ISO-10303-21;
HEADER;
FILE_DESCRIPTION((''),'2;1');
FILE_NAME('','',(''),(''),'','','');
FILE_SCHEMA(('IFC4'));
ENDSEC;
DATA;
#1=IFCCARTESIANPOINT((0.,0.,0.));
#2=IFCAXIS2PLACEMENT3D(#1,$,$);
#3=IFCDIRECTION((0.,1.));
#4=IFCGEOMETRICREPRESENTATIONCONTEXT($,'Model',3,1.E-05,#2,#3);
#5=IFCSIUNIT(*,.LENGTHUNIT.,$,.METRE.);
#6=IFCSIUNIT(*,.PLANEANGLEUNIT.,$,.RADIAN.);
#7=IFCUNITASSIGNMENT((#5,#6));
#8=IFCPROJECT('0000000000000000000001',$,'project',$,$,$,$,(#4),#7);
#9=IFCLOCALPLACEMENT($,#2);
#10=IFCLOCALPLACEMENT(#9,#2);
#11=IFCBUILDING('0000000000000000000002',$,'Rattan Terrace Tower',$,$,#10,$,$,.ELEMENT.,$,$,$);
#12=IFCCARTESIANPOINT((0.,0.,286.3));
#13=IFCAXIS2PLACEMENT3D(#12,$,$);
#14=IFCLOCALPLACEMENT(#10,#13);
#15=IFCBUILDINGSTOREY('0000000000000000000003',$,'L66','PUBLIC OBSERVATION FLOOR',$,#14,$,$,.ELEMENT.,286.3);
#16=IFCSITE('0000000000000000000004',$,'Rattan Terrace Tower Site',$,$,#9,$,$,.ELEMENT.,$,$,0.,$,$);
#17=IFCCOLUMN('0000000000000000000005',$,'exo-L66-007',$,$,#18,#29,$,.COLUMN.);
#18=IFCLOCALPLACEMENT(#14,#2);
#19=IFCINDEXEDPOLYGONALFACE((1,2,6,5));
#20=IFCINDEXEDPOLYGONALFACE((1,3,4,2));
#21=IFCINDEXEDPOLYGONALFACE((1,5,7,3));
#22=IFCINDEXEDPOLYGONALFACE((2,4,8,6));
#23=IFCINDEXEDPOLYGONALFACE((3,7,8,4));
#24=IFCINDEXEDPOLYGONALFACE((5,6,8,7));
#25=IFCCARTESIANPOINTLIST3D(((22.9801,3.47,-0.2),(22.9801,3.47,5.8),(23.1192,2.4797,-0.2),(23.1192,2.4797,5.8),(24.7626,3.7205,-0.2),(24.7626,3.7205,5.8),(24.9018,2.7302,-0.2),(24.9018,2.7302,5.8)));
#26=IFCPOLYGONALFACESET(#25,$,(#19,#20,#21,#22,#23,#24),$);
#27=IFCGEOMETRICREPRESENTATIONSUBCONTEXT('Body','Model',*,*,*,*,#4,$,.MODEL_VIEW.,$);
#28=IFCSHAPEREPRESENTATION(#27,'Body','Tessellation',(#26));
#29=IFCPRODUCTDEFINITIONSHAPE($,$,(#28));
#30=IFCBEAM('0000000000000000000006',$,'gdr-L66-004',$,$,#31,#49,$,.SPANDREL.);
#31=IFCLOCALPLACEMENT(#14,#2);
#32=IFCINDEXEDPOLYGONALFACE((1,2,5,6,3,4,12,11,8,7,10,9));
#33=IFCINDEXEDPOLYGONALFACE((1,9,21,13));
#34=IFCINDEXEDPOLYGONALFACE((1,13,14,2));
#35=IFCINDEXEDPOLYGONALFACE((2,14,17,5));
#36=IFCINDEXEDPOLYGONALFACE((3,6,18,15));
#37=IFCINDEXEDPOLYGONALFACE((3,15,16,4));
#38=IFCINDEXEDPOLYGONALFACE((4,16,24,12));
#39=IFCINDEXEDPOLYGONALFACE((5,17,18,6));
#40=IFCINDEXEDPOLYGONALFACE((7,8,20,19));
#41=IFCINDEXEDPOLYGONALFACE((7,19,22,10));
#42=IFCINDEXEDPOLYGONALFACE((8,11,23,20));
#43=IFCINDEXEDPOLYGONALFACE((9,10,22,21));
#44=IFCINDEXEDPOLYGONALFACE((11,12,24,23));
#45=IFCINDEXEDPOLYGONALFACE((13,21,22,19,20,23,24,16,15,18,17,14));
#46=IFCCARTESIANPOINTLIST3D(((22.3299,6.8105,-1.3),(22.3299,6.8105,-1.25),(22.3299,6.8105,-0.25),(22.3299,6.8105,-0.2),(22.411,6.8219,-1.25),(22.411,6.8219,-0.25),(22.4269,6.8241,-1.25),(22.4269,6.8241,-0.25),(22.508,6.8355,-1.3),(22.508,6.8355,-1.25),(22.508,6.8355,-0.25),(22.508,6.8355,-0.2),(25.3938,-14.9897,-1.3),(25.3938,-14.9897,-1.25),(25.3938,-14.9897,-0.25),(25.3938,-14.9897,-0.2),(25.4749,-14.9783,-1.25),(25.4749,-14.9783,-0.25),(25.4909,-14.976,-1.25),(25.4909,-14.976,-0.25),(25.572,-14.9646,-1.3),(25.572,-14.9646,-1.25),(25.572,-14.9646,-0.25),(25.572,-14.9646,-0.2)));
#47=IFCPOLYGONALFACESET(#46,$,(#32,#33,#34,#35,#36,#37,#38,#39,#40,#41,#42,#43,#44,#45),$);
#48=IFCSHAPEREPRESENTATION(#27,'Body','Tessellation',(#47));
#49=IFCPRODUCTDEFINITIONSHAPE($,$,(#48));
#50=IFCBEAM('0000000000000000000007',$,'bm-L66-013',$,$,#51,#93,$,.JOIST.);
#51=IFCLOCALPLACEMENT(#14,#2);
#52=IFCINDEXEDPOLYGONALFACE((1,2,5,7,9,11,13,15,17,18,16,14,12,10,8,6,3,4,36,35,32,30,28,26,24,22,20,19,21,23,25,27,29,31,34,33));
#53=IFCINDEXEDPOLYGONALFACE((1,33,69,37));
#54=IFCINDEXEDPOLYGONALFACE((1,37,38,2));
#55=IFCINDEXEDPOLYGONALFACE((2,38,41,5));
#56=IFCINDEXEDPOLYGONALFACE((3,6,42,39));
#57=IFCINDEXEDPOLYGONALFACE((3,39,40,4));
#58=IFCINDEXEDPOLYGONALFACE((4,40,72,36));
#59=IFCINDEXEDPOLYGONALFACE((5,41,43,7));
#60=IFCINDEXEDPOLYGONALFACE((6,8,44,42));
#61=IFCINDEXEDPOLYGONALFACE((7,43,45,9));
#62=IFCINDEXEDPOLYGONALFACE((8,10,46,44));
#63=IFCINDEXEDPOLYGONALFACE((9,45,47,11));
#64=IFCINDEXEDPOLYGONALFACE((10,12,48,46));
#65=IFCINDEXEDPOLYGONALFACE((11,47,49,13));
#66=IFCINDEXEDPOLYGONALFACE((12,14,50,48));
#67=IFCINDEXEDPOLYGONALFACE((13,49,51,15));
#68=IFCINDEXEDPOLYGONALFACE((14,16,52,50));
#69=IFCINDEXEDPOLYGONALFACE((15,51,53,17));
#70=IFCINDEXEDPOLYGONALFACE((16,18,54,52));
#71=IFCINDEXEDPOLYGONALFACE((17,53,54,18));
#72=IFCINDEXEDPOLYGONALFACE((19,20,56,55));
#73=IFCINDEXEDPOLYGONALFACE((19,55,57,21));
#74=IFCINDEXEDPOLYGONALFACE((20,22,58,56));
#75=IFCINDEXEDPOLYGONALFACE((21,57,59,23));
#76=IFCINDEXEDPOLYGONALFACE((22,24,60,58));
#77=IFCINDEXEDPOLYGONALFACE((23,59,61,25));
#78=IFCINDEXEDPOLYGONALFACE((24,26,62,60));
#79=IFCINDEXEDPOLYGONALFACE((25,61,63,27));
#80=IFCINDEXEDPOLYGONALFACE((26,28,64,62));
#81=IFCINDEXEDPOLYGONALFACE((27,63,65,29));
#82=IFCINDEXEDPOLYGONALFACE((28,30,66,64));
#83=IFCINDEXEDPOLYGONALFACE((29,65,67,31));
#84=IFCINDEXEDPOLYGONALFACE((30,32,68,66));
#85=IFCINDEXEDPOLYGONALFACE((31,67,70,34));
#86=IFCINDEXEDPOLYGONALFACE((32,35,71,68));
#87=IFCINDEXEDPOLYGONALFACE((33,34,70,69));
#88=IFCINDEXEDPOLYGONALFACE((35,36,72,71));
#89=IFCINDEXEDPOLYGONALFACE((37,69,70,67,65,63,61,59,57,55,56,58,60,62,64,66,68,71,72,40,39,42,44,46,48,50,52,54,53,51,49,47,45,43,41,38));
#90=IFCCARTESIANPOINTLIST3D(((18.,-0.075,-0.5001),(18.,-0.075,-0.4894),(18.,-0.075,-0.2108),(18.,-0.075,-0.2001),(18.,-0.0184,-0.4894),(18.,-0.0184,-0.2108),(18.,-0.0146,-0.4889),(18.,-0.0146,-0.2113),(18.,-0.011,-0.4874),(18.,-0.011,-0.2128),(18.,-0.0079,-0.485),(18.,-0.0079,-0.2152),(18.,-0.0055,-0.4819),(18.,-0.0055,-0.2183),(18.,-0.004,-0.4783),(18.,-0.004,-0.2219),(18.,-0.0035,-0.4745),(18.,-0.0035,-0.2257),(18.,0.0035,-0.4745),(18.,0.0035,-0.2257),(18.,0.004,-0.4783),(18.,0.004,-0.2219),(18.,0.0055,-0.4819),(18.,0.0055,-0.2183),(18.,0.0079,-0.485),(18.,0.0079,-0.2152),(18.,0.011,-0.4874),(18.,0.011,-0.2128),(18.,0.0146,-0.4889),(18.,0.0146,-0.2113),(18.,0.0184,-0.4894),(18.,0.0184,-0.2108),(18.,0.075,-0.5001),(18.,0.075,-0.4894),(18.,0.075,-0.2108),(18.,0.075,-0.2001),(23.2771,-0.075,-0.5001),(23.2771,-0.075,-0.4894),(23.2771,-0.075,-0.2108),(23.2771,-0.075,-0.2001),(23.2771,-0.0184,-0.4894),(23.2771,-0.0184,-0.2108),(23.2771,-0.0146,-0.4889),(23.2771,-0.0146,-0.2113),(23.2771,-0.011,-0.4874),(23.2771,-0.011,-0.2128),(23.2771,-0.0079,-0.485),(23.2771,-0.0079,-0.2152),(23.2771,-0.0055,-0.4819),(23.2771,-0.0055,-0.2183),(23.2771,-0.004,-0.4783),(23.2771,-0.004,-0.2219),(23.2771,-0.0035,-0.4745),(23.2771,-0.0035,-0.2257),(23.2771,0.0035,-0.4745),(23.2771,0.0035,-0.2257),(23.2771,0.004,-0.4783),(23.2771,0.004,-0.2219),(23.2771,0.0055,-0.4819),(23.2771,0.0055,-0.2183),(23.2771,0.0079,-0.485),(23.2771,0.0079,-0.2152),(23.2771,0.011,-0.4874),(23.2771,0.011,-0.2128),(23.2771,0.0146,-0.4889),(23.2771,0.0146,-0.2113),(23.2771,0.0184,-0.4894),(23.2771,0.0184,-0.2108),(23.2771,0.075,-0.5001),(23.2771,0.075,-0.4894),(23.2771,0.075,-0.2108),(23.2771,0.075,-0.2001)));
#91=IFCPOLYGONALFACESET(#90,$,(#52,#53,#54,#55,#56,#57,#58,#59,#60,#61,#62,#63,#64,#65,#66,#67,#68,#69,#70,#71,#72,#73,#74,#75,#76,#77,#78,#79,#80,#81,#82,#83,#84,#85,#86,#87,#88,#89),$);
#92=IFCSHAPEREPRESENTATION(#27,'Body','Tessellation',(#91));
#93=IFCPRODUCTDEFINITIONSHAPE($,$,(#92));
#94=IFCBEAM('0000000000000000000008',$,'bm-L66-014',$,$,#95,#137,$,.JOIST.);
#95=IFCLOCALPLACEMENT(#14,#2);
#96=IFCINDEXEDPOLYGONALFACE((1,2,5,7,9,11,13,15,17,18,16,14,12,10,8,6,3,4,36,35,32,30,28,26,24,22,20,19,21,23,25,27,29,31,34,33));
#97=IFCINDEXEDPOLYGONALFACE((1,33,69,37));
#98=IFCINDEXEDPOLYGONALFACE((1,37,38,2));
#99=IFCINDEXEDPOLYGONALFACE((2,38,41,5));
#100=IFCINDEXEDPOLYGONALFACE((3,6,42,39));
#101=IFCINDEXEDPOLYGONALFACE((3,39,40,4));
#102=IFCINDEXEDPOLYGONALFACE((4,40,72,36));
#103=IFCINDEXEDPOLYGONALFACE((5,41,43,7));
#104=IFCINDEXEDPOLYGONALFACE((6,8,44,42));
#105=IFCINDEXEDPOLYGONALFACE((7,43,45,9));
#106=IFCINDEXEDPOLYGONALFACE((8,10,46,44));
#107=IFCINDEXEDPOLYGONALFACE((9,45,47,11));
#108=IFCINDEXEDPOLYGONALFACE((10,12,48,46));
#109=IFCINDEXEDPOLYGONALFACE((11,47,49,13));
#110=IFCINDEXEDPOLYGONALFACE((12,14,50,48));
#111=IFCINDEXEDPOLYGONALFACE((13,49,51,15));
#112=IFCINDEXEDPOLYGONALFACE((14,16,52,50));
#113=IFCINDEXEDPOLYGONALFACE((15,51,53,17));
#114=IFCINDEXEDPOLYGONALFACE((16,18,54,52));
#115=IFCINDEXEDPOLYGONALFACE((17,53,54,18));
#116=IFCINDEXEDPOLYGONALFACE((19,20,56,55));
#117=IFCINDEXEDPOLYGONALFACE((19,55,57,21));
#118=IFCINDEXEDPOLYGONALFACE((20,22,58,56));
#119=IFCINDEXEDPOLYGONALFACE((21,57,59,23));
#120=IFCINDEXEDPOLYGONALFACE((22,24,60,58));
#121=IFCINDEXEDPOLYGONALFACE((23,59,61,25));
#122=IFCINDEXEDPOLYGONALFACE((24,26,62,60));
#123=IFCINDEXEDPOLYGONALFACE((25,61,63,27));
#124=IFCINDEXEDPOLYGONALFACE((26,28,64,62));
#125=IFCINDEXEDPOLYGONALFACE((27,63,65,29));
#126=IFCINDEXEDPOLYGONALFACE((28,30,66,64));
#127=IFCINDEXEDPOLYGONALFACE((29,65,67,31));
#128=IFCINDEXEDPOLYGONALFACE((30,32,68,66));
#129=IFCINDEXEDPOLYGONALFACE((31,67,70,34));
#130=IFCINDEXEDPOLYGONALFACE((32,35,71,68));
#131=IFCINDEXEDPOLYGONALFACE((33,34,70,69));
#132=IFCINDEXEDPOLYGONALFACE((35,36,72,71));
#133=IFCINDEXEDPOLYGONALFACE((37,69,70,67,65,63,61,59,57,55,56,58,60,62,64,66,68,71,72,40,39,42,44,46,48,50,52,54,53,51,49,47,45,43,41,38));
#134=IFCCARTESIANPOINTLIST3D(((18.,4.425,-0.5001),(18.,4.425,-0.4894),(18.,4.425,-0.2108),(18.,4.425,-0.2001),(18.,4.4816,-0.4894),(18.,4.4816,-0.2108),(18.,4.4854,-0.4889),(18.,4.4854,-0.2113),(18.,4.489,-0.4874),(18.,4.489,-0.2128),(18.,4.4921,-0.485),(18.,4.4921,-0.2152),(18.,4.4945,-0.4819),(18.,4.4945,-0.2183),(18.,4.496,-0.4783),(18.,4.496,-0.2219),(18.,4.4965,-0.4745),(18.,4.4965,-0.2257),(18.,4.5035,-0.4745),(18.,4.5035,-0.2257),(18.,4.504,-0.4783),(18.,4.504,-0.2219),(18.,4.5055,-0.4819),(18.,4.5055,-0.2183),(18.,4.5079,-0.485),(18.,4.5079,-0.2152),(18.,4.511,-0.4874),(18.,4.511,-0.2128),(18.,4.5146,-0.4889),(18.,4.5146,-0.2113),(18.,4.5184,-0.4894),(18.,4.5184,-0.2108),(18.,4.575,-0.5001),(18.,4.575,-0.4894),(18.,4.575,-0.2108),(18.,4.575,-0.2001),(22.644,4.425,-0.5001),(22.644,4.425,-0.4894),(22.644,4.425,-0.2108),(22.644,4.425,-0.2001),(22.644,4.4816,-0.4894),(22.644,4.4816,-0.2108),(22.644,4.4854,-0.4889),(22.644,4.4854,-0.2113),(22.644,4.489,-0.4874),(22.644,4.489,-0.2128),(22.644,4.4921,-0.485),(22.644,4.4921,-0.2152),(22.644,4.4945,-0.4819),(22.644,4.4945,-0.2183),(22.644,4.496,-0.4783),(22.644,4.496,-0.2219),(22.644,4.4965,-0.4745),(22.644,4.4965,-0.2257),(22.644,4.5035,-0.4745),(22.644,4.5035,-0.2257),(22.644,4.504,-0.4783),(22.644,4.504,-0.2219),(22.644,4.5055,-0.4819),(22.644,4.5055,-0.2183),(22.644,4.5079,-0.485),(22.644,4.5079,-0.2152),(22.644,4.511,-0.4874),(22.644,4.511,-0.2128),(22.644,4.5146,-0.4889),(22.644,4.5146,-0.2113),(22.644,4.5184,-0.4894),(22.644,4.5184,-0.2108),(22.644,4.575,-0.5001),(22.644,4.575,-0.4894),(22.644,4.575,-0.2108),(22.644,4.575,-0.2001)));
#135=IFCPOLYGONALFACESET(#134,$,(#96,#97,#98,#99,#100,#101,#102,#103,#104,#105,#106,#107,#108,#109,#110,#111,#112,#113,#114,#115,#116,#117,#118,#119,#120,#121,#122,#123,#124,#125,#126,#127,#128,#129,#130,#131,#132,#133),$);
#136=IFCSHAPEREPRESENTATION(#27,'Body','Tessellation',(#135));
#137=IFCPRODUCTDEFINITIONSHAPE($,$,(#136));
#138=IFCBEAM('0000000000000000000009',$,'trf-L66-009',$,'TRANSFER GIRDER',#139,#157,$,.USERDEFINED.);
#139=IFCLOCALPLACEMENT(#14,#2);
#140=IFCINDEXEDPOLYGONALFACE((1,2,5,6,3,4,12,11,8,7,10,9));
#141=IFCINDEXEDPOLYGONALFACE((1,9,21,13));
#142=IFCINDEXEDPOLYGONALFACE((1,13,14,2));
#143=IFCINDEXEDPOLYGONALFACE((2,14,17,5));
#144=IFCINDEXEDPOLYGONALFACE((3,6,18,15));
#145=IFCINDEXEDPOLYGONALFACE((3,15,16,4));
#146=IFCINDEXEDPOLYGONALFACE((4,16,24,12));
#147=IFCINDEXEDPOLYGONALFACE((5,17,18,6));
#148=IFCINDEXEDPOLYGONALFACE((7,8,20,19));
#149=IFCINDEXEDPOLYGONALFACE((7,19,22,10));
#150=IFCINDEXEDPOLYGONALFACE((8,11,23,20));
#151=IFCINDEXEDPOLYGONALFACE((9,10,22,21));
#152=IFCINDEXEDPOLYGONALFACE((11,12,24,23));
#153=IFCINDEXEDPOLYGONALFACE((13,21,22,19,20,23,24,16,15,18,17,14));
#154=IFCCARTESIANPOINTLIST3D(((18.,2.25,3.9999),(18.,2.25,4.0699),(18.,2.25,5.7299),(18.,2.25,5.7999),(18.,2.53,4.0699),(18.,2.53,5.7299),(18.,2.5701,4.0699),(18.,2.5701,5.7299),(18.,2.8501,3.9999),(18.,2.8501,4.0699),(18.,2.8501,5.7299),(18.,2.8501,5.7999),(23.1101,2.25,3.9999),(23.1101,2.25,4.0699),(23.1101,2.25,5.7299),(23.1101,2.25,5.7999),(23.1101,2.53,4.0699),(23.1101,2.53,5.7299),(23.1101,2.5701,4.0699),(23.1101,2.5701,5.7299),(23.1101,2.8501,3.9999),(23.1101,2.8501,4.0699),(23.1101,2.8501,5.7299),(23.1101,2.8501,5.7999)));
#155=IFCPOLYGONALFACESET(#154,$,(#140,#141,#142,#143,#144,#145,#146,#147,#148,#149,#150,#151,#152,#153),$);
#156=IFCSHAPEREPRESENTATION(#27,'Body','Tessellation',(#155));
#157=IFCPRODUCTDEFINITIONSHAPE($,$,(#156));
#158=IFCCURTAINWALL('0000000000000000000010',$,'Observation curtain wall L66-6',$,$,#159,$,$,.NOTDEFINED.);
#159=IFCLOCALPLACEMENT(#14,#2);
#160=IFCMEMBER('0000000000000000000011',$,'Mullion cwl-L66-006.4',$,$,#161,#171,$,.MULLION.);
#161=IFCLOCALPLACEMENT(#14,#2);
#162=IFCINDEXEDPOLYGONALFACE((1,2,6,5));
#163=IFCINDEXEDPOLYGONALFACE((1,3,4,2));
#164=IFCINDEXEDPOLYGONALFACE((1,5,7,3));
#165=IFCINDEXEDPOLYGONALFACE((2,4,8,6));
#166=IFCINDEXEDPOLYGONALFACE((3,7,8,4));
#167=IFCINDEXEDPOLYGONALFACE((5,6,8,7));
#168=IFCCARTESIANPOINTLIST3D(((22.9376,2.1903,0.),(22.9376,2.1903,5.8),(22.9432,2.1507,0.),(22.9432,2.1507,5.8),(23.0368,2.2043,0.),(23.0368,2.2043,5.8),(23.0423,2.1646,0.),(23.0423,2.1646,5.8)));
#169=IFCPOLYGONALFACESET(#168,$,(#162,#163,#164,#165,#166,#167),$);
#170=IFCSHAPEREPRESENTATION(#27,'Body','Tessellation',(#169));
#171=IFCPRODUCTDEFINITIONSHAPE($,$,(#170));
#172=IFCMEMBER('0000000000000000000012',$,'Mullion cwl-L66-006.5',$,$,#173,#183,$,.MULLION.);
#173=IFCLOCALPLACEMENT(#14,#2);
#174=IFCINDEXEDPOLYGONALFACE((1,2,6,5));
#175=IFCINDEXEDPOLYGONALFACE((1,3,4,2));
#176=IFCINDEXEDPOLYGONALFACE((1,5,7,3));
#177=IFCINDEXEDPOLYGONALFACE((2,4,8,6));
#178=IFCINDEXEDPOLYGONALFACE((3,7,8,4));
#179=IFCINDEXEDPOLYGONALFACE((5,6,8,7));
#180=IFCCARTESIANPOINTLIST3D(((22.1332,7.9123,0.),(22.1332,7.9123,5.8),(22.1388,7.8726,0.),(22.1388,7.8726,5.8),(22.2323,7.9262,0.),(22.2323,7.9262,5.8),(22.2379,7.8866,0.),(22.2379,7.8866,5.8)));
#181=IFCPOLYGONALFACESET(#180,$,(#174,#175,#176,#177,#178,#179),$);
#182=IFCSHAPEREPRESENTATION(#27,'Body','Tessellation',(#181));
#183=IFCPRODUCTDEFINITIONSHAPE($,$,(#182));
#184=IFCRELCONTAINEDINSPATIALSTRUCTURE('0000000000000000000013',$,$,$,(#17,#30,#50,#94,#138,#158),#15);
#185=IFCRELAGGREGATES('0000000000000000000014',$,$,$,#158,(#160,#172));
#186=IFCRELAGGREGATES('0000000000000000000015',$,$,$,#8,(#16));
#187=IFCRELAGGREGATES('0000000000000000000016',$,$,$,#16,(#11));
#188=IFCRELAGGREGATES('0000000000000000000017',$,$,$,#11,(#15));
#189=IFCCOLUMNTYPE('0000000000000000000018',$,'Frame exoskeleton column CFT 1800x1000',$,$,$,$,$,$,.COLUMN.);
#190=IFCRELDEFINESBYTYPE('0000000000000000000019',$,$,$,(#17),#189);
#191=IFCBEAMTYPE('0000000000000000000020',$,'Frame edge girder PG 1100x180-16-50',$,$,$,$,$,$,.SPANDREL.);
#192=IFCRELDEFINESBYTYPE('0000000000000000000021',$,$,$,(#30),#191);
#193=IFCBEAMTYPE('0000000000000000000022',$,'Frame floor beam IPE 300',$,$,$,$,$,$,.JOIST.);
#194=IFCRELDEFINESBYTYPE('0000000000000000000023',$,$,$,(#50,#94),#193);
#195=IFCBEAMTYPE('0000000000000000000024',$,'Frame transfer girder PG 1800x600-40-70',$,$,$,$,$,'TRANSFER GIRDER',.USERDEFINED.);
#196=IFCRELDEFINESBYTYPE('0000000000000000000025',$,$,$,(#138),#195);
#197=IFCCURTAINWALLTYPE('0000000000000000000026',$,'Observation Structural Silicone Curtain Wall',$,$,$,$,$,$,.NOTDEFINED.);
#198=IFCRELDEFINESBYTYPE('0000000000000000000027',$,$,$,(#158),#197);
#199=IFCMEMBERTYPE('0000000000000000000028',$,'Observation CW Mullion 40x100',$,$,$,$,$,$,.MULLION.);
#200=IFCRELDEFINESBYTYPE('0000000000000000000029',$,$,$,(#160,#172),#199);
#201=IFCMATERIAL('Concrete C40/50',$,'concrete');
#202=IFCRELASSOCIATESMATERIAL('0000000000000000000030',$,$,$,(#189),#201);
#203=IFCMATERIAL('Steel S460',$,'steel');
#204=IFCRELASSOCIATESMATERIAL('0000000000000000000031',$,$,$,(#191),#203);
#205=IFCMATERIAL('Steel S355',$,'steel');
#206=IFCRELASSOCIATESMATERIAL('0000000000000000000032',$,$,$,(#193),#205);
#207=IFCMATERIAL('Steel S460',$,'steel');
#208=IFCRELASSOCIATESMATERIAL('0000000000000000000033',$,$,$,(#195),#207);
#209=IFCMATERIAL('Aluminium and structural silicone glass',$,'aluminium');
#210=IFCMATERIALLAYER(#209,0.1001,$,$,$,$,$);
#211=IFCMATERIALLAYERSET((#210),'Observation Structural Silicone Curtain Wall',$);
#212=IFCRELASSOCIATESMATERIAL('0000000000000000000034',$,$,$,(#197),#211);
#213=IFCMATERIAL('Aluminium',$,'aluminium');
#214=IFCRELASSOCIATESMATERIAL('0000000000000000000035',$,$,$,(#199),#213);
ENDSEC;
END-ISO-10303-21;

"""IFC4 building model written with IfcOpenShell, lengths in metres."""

from ifc_helpers import new_model, si_unit, direction, frame, origin, origin_2d, place, context, subcontext, project, spatial, rectangle, i_section, extrude, material, layer, layer_set, material_profile, profile_set, type_object, element, aggregate, save


model = new_model("IFC4")

# Units and contexts
model_context = context("Model", 3, precision=1e-05, world=origin(), true_north=direction((0.0, 1.0)))
body_context = subcontext(model_context, "Body", "Model", "MODEL_VIEW")
ifc_project = project(units=[si_unit("LENGTHUNIT", "METRE"), si_unit("PLANEANGLEUNIT", "RADIAN")], contexts=[model_context])

# Site, building, storey
site_placement = place(None, origin())
site = spatial("IfcSite", under=ifc_project, at=site_placement, Name="Rattan Terrace Tower Site", CompositionType="ELEMENT", RefElevation=0.0)
building_placement = place(site_placement, origin())
building = spatial("IfcBuilding", under=site, at=building_placement, Name="Rattan Terrace Tower", CompositionType="ELEMENT")
storey_placement = place(building_placement, frame((0.0, 0.0, 286.3)))
storey = spatial("IfcBuildingStorey", under=building, at=storey_placement, Name="L66", Description="PUBLIC OBSERVATION FLOOR", CompositionType="ELEMENT", Elevation=286.3)

# Column
ifc_material_1 = material(Name="Concrete C40/50", Category="concrete")
ifc_material_profile_1 = material_profile(ifc_material_1, rectangle(XDim=1.0, YDim=1.8, at=origin_2d()), Name="CFT 1800x1000")
ifc_profile_set_1 = profile_set([ifc_material_profile_1], Name="Concrete C40/50")
column_type = type_object("IfcColumnType", Name="Frame exoskeleton column CFT 1800x1000", PredefinedType="COLUMN", material=ifc_profile_set_1)
column_placement = place(storey_placement, frame((23.9409, 3.1001, -0.2), z_axis=(0.0, 0.0, 1.0), x_axis=(-0.13919, 0.990266, 0.0)))
element("IfcColumn", 1, at=column_placement, inside=storey, type_object=column_type, Name="exo-L66-007", PredefinedType="COLUMN", context=body_context, shape_type="SweptSolid", body=[
    extrude(rectangle(XDim=1.0, YDim=1.8, at=origin_2d()), origin(), (0.0, 0.0, 1.0), 6.0),
])

# Beams
ifc_material_2 = material(Name="Steel S460", Category="steel")
ifc_material_profile_2 = material_profile(ifc_material_2, i_section(OverallWidth=0.1799, OverallDepth=1.1001, WebThickness=0.0161, FlangeThickness=0.05, at=origin_2d()), Name="PG 1100x180-16-50")
ifc_profile_set_2 = profile_set([ifc_material_profile_2], Name="Steel S460")
beam_type_1 = type_object("IfcBeamType", Name="Frame edge girder PG 1100x180-16-50", PredefinedType="SPANDREL", material=ifc_profile_set_2)
beam_1_placement = place(storey_placement, frame((22.4189, 6.823, -0.75), z_axis=(0.139181, -0.990267, 0.0), x_axis=(0.990267, 0.139181, 0.0)))
element("IfcBeam", 2, at=beam_1_placement, inside=storey, type_object=beam_type_1, Name="gdr-L66-004", PredefinedType="SPANDREL", context=body_context, shape_type="SweptSolid", body=[
    extrude(i_section(OverallWidth=0.1799, OverallDepth=1.1001, WebThickness=0.0161, FlangeThickness=0.05, at=origin_2d()), origin(), (0.0, 0.0, 1.0), 22.0144),
])
ifc_material_3 = material(Name="Steel S355", Category="steel")
ifc_material_profile_3 = material_profile(ifc_material_3, i_section(OverallWidth=0.1499, OverallDepth=0.3, WebThickness=0.0071, FlangeThickness=0.0107, FilletRadius=0.0149, at=origin_2d()), Name="IPE 300")
ifc_profile_set_3 = profile_set([ifc_material_profile_3], Name="Steel S355")
beam_type_2 = type_object("IfcBeamType", Name="Frame floor beam IPE 300", PredefinedType="JOIST", material=ifc_profile_set_3)
beam_2_placement = place(storey_placement, frame((18.0, 0.0, -0.3501), z_axis=(1.0, 0.0, 0.0), x_axis=(0.0, 1.0, 0.0)))
element("IfcBeam", 3, at=beam_2_placement, inside=storey, type_object=beam_type_2, Name="bm-L66-013", PredefinedType="JOIST", context=body_context, shape_type="SweptSolid", body=[
    extrude(i_section(OverallWidth=0.1499, OverallDepth=0.3, WebThickness=0.0071, FlangeThickness=0.0107, FilletRadius=0.0149, at=origin_2d()), origin(), (0.0, 0.0, 1.0), 5.2771),
])
beam_3_placement = place(storey_placement, frame((18.0, 4.5, -0.3501), z_axis=(1.0, 0.0, 0.0), x_axis=(0.0, 1.0, 0.0)))
element("IfcBeam", 4, at=beam_3_placement, inside=storey, type_object=beam_type_2, Name="bm-L66-014", PredefinedType="JOIST", context=body_context, shape_type="SweptSolid", body=[
    extrude(i_section(OverallWidth=0.1499, OverallDepth=0.3, WebThickness=0.0071, FlangeThickness=0.0107, FilletRadius=0.0149, at=origin_2d()), origin(), (0.0, 0.0, 1.0), 4.644),
])
ifc_material_4 = material(Name="Steel S460", Category="steel")
ifc_material_profile_4 = material_profile(ifc_material_4, i_section(OverallWidth=0.6001, OverallDepth=1.8, WebThickness=0.04, FlangeThickness=0.0701, at=origin_2d()), Name="PG 1800x600-40-70")
ifc_profile_set_4 = profile_set([ifc_material_profile_4], Name="Steel S460")
beam_type_3 = type_object("IfcBeamType", Name="Frame transfer girder PG 1800x600-40-70", ElementType="TRANSFER GIRDER", PredefinedType="USERDEFINED", material=ifc_profile_set_4)
beam_4_placement = place(storey_placement, frame((18.0, 2.55, 4.8999), z_axis=(1.0, 0.0, 0.0), x_axis=(0.0, 1.0, 0.0)))
element("IfcBeam", 5, at=beam_4_placement, inside=storey, type_object=beam_type_3, Name="trf-L66-009", ObjectType="TRANSFER GIRDER", PredefinedType="USERDEFINED", context=body_context, shape_type="SweptSolid", body=[
    extrude(i_section(OverallWidth=0.6001, OverallDepth=1.8, WebThickness=0.04, FlangeThickness=0.0701, at=origin_2d()), origin(), (0.0, 0.0, 1.0), 5.1101),
])

# Curtain wall, members
ifc_material_5 = material(Name="Aluminium and structural silicone glass", Category="aluminium")
ifc_layer_1 = layer(ifc_material_5, 0.1001)
ifc_layer_set_1 = layer_set([ifc_layer_1], Name="Observation Structural Silicone Curtain Wall")
curtain_wall_type = type_object("IfcCurtainWallType", Name="Observation Structural Silicone Curtain Wall", PredefinedType="NOTDEFINED", material=ifc_layer_set_1)
curtain_wall_1_placement = place(storey_placement, origin())
curtain_wall_1 = element("IfcCurtainWall", 6, at=curtain_wall_1_placement, inside=storey, type_object=curtain_wall_type, Name="Observation curtain wall L66-6", PredefinedType="NOTDEFINED")
ifc_material_6 = material(Name="Aluminium", Category="aluminium")
ifc_material_profile_5 = material_profile(ifc_material_6, rectangle(XDim=0.04, YDim=0.1001, at=origin_2d()), Name="Aluminium 40x100")
ifc_profile_set_5 = profile_set([ifc_material_profile_5], Name="Aluminium")
member_type_1 = type_object("IfcMemberType", Name="Observation CW Mullion 40x100", PredefinedType="MULLION", material=ifc_profile_set_5)
member_1_placement = place(storey_placement, frame((22.99, 2.1775, 0.0), z_axis=(0.0, 0.0, 1.0), x_axis=(-0.139192, 0.990265, 0.0)))
member_1 = element("IfcMember", 7, at=member_1_placement, type_object=member_type_1, Name="Mullion cwl-L66-006.4", PredefinedType="MULLION", context=body_context, shape_type="SweptSolid", body=[
    extrude(rectangle(XDim=0.04, YDim=0.1001, at=origin_2d()), origin(), (0.0, 0.0, 1.0), 5.8),
])
member_2_placement = place(storey_placement, frame((22.1855, 7.8994, 0.0), z_axis=(0.0, 0.0, 1.0), x_axis=(-0.139192, 0.990265, 0.0)))
member_2 = element("IfcMember", 8, at=member_2_placement, type_object=member_type_1, Name="Mullion cwl-L66-006.5", PredefinedType="MULLION", context=body_context, shape_type="SweptSolid", body=[
    extrude(rectangle(XDim=0.04, YDim=0.1001, at=origin_2d()), origin(), (0.0, 0.0, 1.0), 5.8),
])

aggregate(curtain_wall_1, [member_1, member_2])

save(model, "model.ifc")
